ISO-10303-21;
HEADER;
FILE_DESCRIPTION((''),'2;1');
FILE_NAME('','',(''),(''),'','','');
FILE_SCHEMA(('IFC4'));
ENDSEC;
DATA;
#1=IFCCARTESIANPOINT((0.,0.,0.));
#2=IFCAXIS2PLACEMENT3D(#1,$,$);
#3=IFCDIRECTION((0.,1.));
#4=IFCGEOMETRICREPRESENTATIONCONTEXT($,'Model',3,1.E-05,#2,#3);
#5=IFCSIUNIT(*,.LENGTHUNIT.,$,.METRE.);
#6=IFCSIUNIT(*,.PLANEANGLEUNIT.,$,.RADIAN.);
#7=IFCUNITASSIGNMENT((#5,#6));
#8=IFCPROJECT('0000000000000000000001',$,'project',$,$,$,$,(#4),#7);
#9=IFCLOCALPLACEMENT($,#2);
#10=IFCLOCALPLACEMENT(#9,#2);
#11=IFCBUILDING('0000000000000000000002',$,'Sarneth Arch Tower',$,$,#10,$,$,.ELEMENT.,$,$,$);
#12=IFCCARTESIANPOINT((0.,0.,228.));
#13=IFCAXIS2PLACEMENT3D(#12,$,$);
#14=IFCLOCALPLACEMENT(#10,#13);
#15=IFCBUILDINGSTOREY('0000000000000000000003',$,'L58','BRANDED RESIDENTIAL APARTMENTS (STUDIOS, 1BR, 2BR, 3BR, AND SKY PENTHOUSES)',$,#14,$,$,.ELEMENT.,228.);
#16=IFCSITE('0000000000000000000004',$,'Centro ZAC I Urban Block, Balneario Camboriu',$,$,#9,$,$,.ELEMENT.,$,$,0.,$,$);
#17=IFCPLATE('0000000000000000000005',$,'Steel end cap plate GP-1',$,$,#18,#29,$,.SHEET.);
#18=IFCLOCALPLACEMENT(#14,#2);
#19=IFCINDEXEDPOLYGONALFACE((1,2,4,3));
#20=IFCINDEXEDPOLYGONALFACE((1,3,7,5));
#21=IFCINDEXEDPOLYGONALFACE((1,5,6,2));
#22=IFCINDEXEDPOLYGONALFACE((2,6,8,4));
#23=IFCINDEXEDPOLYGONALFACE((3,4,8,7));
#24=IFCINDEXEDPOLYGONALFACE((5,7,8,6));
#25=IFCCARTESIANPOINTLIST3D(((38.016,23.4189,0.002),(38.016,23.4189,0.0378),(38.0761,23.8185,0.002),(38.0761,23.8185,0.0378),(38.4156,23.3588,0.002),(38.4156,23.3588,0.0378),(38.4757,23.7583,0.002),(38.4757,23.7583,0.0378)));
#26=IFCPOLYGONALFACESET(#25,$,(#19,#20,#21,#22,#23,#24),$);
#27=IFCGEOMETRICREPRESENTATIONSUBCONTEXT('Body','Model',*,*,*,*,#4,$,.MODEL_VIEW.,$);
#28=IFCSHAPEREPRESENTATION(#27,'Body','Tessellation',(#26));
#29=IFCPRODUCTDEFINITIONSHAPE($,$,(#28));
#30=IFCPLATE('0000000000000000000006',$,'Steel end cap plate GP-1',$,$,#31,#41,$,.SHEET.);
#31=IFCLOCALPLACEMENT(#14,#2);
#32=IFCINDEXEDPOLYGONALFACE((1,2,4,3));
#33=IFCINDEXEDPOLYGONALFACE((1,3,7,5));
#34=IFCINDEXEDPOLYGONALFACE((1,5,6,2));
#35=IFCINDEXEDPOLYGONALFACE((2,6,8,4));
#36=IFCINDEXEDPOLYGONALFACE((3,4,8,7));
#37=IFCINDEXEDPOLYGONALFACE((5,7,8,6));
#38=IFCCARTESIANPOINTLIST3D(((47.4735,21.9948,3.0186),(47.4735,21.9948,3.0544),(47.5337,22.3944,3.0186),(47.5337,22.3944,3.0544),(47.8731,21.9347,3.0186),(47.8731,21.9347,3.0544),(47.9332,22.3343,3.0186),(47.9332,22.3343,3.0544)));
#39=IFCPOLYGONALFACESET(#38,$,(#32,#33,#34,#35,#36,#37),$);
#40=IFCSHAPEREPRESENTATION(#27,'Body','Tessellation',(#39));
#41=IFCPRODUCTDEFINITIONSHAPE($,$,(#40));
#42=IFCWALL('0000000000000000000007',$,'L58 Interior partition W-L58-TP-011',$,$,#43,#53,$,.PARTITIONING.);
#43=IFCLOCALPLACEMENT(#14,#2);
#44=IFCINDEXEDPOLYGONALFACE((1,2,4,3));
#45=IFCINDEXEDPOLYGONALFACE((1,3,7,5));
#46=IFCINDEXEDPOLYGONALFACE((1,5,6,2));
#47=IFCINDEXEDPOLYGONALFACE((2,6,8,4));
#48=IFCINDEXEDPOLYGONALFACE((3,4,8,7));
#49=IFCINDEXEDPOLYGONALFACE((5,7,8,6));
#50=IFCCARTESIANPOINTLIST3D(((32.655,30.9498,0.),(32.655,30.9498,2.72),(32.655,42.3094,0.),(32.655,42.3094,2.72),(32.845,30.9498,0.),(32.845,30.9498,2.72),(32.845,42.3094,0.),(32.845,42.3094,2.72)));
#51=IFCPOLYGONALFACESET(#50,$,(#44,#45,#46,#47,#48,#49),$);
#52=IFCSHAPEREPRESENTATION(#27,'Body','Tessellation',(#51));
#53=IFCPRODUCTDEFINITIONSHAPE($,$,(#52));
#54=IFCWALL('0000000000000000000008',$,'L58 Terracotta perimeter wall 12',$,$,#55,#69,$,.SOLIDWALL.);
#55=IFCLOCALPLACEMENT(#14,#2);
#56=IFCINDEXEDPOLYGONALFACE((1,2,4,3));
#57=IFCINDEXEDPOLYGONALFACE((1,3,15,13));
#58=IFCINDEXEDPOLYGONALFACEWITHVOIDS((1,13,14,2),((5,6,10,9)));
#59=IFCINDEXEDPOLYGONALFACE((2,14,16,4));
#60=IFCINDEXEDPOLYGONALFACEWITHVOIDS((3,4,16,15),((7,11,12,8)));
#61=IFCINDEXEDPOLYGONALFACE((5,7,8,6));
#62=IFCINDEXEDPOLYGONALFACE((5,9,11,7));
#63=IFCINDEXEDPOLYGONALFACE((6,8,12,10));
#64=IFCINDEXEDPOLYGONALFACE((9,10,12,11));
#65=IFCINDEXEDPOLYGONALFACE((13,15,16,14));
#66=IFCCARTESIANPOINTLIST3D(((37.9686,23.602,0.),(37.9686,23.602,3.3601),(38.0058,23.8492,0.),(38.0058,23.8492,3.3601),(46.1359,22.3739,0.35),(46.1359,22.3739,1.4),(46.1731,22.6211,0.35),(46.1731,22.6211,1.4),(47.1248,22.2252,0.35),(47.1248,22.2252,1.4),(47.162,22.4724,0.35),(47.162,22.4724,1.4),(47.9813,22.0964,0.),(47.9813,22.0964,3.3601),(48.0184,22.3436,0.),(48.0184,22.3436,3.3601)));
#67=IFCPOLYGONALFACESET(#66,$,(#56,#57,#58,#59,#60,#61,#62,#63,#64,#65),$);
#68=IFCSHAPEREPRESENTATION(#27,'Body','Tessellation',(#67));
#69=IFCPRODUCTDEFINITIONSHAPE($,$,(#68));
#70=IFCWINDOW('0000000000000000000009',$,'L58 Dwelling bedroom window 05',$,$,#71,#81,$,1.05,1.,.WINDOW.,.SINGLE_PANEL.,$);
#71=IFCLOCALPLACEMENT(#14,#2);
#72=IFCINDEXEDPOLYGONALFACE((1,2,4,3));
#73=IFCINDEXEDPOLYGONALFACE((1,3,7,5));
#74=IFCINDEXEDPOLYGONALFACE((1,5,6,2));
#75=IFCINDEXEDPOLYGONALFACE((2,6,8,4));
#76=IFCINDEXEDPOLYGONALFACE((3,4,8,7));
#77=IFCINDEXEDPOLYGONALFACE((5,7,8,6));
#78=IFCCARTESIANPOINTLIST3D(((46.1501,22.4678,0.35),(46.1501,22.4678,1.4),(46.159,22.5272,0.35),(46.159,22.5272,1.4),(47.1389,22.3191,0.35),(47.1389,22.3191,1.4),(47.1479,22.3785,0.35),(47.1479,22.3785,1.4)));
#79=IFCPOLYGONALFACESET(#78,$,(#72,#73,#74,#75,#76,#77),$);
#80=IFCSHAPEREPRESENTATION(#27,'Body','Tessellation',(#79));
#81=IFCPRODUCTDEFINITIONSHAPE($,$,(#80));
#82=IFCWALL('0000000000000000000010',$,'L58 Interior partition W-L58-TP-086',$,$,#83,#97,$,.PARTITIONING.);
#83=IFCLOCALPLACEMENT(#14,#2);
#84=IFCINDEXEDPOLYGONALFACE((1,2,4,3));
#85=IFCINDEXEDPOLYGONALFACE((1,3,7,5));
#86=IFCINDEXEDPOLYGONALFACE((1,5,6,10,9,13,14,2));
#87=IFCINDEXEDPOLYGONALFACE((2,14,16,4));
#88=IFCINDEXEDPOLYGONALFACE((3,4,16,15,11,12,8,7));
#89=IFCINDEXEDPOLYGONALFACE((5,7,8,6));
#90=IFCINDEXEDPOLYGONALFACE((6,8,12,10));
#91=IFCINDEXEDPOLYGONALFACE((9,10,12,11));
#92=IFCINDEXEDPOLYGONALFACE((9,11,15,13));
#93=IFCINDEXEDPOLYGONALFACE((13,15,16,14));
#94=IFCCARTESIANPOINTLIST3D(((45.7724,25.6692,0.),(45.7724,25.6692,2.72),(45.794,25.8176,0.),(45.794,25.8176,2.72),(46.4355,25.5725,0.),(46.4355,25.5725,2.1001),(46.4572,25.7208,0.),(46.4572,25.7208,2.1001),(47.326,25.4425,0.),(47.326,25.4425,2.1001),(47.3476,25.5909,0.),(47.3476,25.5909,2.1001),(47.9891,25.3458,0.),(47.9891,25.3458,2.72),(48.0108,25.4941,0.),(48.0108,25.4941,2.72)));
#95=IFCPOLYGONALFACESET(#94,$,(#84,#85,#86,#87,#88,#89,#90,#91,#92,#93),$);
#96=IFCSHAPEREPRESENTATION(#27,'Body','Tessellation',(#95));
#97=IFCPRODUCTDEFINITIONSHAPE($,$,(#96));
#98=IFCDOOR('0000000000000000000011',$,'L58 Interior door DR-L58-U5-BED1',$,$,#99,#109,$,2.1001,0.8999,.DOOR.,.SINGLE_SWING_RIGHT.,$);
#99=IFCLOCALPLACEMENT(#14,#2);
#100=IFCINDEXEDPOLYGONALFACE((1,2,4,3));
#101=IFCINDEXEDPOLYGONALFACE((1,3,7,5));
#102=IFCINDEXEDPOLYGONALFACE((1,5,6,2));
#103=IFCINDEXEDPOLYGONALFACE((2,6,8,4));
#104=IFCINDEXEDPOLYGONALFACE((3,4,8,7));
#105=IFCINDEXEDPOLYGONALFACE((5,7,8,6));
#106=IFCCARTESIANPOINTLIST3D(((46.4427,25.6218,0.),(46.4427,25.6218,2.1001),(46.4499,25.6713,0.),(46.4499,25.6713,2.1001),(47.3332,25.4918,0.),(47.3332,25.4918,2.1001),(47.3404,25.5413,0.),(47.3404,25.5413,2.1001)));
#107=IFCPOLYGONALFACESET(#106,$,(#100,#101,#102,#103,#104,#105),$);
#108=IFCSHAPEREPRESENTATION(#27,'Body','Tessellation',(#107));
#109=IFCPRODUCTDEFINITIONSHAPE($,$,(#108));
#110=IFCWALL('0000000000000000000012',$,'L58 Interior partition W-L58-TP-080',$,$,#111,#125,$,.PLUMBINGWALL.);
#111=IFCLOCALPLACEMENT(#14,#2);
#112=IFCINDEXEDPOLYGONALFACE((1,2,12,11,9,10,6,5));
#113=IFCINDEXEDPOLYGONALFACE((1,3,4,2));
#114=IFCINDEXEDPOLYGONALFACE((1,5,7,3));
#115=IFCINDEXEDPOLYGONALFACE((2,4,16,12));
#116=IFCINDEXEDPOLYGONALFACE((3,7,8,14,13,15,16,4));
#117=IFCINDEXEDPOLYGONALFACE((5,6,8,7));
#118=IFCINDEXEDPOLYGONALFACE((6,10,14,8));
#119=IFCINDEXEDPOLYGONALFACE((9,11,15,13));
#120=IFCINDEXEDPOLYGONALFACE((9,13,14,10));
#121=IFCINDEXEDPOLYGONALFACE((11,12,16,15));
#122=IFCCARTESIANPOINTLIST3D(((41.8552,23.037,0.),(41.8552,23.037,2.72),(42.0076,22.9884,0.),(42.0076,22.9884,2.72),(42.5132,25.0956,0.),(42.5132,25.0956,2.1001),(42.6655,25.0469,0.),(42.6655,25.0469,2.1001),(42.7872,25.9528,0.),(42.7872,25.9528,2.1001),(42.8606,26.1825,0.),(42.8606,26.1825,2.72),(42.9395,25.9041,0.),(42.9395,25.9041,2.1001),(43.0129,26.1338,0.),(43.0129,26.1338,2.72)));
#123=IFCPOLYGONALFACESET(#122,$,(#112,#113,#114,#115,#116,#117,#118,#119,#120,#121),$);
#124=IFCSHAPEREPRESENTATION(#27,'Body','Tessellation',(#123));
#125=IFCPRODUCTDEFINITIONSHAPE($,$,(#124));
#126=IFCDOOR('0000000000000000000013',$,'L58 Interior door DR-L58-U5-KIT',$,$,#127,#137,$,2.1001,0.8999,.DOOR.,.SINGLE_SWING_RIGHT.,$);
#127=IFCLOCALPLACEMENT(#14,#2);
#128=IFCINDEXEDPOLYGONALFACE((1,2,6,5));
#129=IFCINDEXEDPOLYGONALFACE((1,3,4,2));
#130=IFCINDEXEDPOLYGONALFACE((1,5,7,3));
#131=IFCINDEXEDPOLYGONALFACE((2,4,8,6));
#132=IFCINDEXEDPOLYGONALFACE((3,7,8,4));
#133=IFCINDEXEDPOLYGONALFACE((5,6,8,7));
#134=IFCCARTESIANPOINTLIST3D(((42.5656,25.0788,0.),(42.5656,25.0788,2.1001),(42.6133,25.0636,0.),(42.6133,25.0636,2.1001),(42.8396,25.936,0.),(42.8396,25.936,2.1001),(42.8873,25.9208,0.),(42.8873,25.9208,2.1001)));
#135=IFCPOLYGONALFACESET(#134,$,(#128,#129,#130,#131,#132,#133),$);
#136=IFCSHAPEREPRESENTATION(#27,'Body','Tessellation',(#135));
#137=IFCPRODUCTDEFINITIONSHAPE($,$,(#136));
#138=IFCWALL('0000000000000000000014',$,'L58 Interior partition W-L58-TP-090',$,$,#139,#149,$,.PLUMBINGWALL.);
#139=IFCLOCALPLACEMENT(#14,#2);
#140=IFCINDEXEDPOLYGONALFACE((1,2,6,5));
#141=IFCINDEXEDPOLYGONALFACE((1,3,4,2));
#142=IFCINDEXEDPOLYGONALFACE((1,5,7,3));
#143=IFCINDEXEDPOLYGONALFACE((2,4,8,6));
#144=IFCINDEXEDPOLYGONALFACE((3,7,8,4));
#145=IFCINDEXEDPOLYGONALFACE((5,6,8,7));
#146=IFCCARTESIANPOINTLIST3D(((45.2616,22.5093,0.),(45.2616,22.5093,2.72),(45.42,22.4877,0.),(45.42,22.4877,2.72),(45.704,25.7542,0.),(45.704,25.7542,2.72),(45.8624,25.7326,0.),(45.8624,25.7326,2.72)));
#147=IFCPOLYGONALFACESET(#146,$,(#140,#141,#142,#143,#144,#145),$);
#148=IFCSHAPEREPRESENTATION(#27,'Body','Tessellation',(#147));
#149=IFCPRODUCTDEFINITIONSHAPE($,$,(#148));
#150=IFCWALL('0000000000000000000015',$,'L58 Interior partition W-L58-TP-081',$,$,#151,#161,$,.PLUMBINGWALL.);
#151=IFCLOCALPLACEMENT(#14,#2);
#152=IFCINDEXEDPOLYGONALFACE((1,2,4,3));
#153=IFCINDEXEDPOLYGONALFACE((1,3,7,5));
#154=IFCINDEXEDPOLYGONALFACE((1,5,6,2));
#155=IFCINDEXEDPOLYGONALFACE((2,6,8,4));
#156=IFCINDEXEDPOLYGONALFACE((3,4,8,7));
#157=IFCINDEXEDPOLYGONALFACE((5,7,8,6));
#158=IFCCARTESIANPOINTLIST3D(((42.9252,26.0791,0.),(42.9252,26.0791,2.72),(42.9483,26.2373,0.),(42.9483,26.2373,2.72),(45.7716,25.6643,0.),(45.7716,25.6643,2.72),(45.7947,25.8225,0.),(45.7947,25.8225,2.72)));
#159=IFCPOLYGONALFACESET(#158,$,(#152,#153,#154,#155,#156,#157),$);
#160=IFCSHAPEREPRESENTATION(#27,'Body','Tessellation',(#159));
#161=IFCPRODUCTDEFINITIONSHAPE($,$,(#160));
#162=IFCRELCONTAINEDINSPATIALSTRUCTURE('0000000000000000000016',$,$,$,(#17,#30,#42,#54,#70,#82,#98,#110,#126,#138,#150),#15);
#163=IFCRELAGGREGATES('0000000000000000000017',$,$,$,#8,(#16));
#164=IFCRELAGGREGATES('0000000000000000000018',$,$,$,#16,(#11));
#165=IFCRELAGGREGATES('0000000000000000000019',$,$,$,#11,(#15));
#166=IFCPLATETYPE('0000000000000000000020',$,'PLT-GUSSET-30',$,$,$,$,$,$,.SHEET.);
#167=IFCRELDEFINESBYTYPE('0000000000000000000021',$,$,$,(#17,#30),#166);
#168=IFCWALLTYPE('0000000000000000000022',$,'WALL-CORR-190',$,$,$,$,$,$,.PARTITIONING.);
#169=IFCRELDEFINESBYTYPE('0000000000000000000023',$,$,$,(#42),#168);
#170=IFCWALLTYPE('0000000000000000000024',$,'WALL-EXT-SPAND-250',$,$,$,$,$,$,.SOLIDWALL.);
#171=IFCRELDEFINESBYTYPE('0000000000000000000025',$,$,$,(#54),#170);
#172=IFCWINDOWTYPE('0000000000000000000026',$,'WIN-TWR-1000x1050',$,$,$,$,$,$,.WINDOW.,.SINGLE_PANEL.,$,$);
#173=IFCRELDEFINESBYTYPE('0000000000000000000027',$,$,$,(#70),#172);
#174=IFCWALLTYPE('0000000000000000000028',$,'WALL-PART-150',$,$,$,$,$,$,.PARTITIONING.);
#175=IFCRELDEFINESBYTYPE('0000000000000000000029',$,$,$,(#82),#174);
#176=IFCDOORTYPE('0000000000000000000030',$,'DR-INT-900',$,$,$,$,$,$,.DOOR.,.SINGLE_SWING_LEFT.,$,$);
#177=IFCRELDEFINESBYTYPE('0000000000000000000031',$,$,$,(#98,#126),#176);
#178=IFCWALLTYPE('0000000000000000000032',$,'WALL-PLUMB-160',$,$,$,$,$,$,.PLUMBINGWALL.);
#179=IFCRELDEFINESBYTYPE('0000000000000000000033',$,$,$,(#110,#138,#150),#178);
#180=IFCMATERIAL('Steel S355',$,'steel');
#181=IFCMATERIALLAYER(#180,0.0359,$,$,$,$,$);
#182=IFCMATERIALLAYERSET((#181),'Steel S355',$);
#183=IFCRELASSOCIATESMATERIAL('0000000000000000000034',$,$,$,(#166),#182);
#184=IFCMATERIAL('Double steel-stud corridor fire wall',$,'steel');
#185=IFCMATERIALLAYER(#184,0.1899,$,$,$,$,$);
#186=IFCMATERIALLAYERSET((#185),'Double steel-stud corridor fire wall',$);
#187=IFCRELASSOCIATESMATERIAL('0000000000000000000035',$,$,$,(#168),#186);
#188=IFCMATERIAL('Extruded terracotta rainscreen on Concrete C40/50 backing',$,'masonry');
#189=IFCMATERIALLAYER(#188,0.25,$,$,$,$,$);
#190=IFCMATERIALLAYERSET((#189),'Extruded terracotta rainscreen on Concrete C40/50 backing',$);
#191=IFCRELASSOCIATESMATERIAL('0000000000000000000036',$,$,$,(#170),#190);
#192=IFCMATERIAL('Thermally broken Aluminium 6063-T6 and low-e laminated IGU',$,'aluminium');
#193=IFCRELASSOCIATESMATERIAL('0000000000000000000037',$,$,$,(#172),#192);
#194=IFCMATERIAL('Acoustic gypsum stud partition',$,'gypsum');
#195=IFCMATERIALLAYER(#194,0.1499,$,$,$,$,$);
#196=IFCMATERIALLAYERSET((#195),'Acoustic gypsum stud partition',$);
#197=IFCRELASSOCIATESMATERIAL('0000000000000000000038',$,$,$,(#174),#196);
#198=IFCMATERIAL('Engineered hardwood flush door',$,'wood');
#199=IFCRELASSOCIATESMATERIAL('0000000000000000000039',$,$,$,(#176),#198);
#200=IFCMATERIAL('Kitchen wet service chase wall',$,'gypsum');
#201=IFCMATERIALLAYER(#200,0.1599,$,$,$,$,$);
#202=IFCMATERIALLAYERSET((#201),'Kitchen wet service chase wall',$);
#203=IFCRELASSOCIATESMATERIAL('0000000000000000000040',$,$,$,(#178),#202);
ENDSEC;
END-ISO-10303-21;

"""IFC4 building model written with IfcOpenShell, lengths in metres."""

from ifc_helpers import new_model, si_unit, direction, frame, frame_2d, origin, origin_2d, place, context, subcontext, project, spatial, rectangle, extrude, material, layer, layer_set, type_object, element, fill, save


model = new_model("IFC4")

# Units and contexts
model_context = context("Model", 3, precision=1e-05, world=origin(), true_north=direction((0.0, 1.0)))
body_context = subcontext(model_context, "Body", "Model", "MODEL_VIEW")
ifc_project = project(units=[si_unit("LENGTHUNIT", "METRE"), si_unit("PLANEANGLEUNIT", "RADIAN")], contexts=[model_context])

# Site, building, storey
site_placement = place(None, origin())
site = spatial("IfcSite", under=ifc_project, at=site_placement, Name="Centro ZAC I Urban Block, Balneario Camboriu", CompositionType="ELEMENT", RefElevation=0.0)
building_placement = place(site_placement, origin())
building = spatial("IfcBuilding", under=site, at=building_placement, Name="Sarneth Arch Tower", CompositionType="ELEMENT")
storey_placement = place(building_placement, frame((0.0, 0.0, 228.0)))
storey = spatial("IfcBuildingStorey", under=building, at=storey_placement, Name="L58", Description="BRANDED RESIDENTIAL APARTMENTS (STUDIOS, 1BR, 2BR, 3BR, AND SKY PENTHOUSES)", CompositionType="ELEMENT", Elevation=228.0)

# Plates
ifc_material_1 = material(Name="Steel S355", Category="steel")
ifc_layer_1 = layer(ifc_material_1, 0.0359)
ifc_layer_set_1 = layer_set([ifc_layer_1], Name="Steel S355")
plate_type = type_object("IfcPlateType", Name="PLT-GUSSET-30", PredefinedType="SHEET", material=ifc_layer_set_1)
for number, where, z_axis, x_axis, name in (
    (1, (38.2458, 23.5886, 0.002), (0.0, 0.0, 1.0), (0.988861, -0.148845, 0.0), "Steel end cap plate GP-1"),
    (2, (47.7034, 22.1646, 3.0186), (0.0, 0.0, 1.0), (0.988861, -0.148845, 0.0), "Steel end cap plate GP-1"),
):
    element("IfcPlate", number, at=place(storey_placement, frame(where, z_axis=z_axis, x_axis=x_axis)), inside=storey, type_object=plate_type, Name=name, PredefinedType="SHEET", context=body_context, shape_type="SweptSolid", body=[
        extrude(rectangle(XDim=0.4041, YDim=0.4041, at=origin_2d()), origin(), (0.0, 0.0, 1.0), 0.0359),
    ])

# Wall
ifc_material_2 = material(Name="Double steel-stud corridor fire wall", Category="steel")
ifc_layer_2 = layer(ifc_material_2, 0.1899)
ifc_layer_set_2 = layer_set([ifc_layer_2], Name="Double steel-stud corridor fire wall")
wall_type_1 = type_object("IfcWallType", Name="WALL-CORR-190", PredefinedType="PARTITIONING", material=ifc_layer_set_2)
wall_1_placement = place(storey_placement, frame((32.75, 30.95, 0.0), z_axis=(0.0, 0.0, 1.0), x_axis=(0.0, 1.0, 0.0)))
element("IfcWall", 3, at=wall_1_placement, inside=storey, type_object=wall_type_1, Name="L58 Interior partition W-L58-TP-011", PredefinedType="PARTITIONING", context=body_context, shape_type="SweptSolid", body=[
    extrude(rectangle(XDim=11.3596, YDim=0.1899, at=frame_2d((5.6797, 0.0))), origin(), (0.0, 0.0, 1.0), 2.72),
])

# Wall, opening, window
ifc_material_3 = material(Name="Extruded terracotta rainscreen on Concrete C40/50 backing", Category="masonry")
ifc_layer_3 = layer(ifc_material_3, 0.25)
ifc_layer_set_3 = layer_set([ifc_layer_3], Name="Extruded terracotta rainscreen on Concrete C40/50 backing")
wall_type_2 = type_object("IfcWallType", Name="WALL-EXT-SPAND-250", PredefinedType="SOLIDWALL", material=ifc_layer_set_3)
wall_2_placement = place(storey_placement, frame((37.9873, 23.7256, 0.0), z_axis=(0.0, 0.0, 1.0), x_axis=(0.988883, -0.148699, 0.0)))
wall_2 = element("IfcWall", 4, at=wall_2_placement, inside=storey, type_object=wall_type_2, Name="L58 Terracotta perimeter wall 12", PredefinedType="SOLIDWALL", context=body_context, shape_type="SweptSolid", body=[
    extrude(rectangle(XDim=10.1252, YDim=0.25, at=frame_2d((5.0625, 0.0))), origin(), (0.0, 0.0, 1.0), 3.3601),
])
opening_1_placement = place(wall_2_placement, frame((8.259, 0.0, 0.3501)))
opening_1 = element("IfcOpeningElement", 5, at=opening_1_placement, cuts=wall_2, PredefinedType="OPENING", context=body_context, shape_type="SweptSolid", body=[
    extrude(rectangle(XDim=1.0, YDim=1.05, at=frame_2d((0.5, 0.5249))), frame((0.0, 0.135, 0.0), z_axis=(0.0, -1.0, 0.0), x_axis=(1.0, 0.0, 0.0)), (0.0, 0.0, 1.0), 0.27),
])
ifc_material_4 = material(Name="Thermally broken Aluminium 6063-T6 and low-e laminated IGU", Category="aluminium")
window_type = type_object("IfcWindowType", Name="WIN-TWR-1000x1050", PartitioningType="SINGLE_PANEL", PredefinedType="WINDOW", material=ifc_material_4)
window_placement = place(opening_1_placement, origin())
window = element("IfcWindow", 6, at=window_placement, inside=storey, type_object=window_type, Name="L58 Dwelling bedroom window 05", OverallHeight=1.05, OverallWidth=1.0, PartitioningType="SINGLE_PANEL", PredefinedType="WINDOW", context=body_context, shape_type="SweptSolid", body=[
    extrude(rectangle(XDim=1.0, YDim=1.05, at=frame_2d((0.5, 0.5249))), frame((0.0, 0.03, 0.0), z_axis=(0.0, -1.0, 0.0), x_axis=(1.0, 0.0, 0.0)), (0.0, 0.0, 1.0), 0.0601),
])
fill(opening_1, window)

# Walls, openings, doors
ifc_material_5 = material(Name="Acoustic gypsum stud partition", Category="gypsum")
ifc_layer_4 = layer(ifc_material_5, 0.1499)
ifc_layer_set_4 = layer_set([ifc_layer_4], Name="Acoustic gypsum stud partition")
wall_type_3 = type_object("IfcWallType", Name="WALL-PART-150", PredefinedType="PARTITIONING", material=ifc_layer_set_4)
wall_3_placement = place(storey_placement, frame((45.7832, 25.7434, 0.0), z_axis=(0.0, 0.0, 1.0), x_axis=(0.98952, -0.144396, 0.0)))
wall_3 = element("IfcWall", 7, at=wall_3_placement, inside=storey, type_object=wall_type_3, Name="L58 Interior partition W-L58-TP-086", PredefinedType="PARTITIONING", context=body_context, shape_type="SweptSolid", body=[
    extrude(rectangle(XDim=2.2402, YDim=0.1499, at=frame_2d((1.1201, 0.0))), origin(), (0.0, 0.0, 1.0), 2.72),
])
opening_2_placement = place(wall_3_placement, frame((0.6702, 0.0, 0.0)))
opening_2 = element("IfcOpeningElement", 8, at=opening_2_placement, cuts=wall_3, PredefinedType="OPENING", context=body_context, shape_type="SweptSolid", body=[
    extrude(rectangle(XDim=0.8999, YDim=2.1001, at=frame_2d((0.45, 1.05))), frame((0.0, 0.085, 0.0), z_axis=(0.0, -1.0, 0.0), x_axis=(1.0, 0.0, 0.0)), (0.0, 0.0, 1.0), 0.1699),
])
ifc_material_6 = material(Name="Engineered hardwood flush door", Category="wood")
door_type_1 = type_object("IfcDoorType", Name="DR-INT-900", OperationType="SINGLE_SWING_LEFT", PredefinedType="DOOR", material=ifc_material_6)
door_1_placement = place(opening_2_placement, origin())
door_1 = element("IfcDoor", 9, at=door_1_placement, inside=storey, type_object=door_type_1, Name="L58 Interior door DR-L58-U5-BED1", OperationType="SINGLE_SWING_RIGHT", OverallHeight=2.1001, OverallWidth=0.8999, PredefinedType="DOOR", context=body_context, shape_type="SweptSolid", body=[
    extrude(rectangle(XDim=0.8999, YDim=2.1001, at=frame_2d((0.45, 1.05))), frame((0.0, 0.0249, 0.0), z_axis=(0.0, -1.0, 0.0), x_axis=(1.0, 0.0, 0.0)), (0.0, 0.0, 1.0), 0.05),
])
fill(opening_2, door_1)
ifc_material_7 = material(Name="Kitchen wet service chase wall", Category="gypsum")
ifc_layer_5 = layer(ifc_material_7, 0.1599)
ifc_layer_set_5 = layer_set([ifc_layer_5], Name="Kitchen wet service chase wall")
wall_type_4 = type_object("IfcWallType", Name="WALL-PLUMB-160", PredefinedType="PLUMBINGWALL", material=ifc_layer_set_5)
wall_4_placement = place(storey_placement, frame((41.9314, 23.0127, 0.0), z_axis=(0.0, 0.0, 1.0), x_axis=(0.304448, 0.952529, 0.0)))
wall_4 = element("IfcWall", 10, at=wall_4_placement, inside=storey, type_object=wall_type_4, Name="L58 Interior partition W-L58-TP-080", PredefinedType="PLUMBINGWALL", context=body_context, shape_type="SweptSolid", body=[
    extrude(rectangle(XDim=3.3022, YDim=0.1599, at=frame_2d((1.6511, 0.0))), origin(), (0.0, 0.0, 1.0), 2.72),
])
opening_3_placement = place(wall_4_placement, frame((2.1611, 0.0, 0.0)))
opening_3 = element("IfcOpeningElement", 11, at=opening_3_placement, cuts=wall_4, PredefinedType="OPENING", context=body_context, shape_type="SweptSolid", body=[
    extrude(rectangle(XDim=0.8999, YDim=2.1001, at=frame_2d((0.45, 1.05))), frame((0.0, 0.0898, 0.0), z_axis=(0.0, -1.0, 0.0), x_axis=(1.0, 0.0, 0.0)), (0.0, 0.0, 1.0), 0.1799),
])
door_2_placement = place(opening_3_placement, origin())
door_2 = element("IfcDoor", 12, at=door_2_placement, inside=storey, type_object=door_type_1, Name="L58 Interior door DR-L58-U5-KIT", OperationType="SINGLE_SWING_RIGHT", OverallHeight=2.1001, OverallWidth=0.8999, PredefinedType="DOOR", context=body_context, shape_type="SweptSolid", body=[
    extrude(rectangle(XDim=0.8999, YDim=2.1001, at=frame_2d((0.45, 1.05))), frame((0.0, 0.0249, 0.0), z_axis=(0.0, -1.0, 0.0), x_axis=(1.0, 0.0, 0.0)), (0.0, 0.0, 1.0), 0.05),
])
fill(opening_3, door_2)

# Walls
wall_5_placement = place(storey_placement, frame((45.3408, 22.4985, 0.0), z_axis=(0.0, 0.0, 1.0), x_axis=(0.135083, 0.990834, 0.0)))
element("IfcWall", 13, at=wall_5_placement, inside=storey, type_object=wall_type_4, Name="L58 Interior partition W-L58-TP-090", PredefinedType="PLUMBINGWALL", context=body_context, shape_type="SweptSolid", body=[
    extrude(rectangle(XDim=3.2749, YDim=0.1599, at=frame_2d((1.6375, 0.0))), origin(), (0.0, 0.0, 1.0), 2.72),
])
wall_6_placement = place(storey_placement, frame((42.9368, 26.1582, 0.0), z_axis=(0.0, 0.0, 1.0), x_axis=(0.989548, -0.144201, 0.0)))
element("IfcWall", 14, at=wall_6_placement, inside=storey, type_object=wall_type_4, Name="L58 Interior partition W-L58-TP-081", PredefinedType="PLUMBINGWALL", context=body_context, shape_type="SweptSolid", body=[
    extrude(rectangle(XDim=2.8765, YDim=0.1599, at=frame_2d((1.4382, 0.0))), origin(), (0.0, 0.0, 1.0), 2.72),
])

save(model, "model.ifc")
